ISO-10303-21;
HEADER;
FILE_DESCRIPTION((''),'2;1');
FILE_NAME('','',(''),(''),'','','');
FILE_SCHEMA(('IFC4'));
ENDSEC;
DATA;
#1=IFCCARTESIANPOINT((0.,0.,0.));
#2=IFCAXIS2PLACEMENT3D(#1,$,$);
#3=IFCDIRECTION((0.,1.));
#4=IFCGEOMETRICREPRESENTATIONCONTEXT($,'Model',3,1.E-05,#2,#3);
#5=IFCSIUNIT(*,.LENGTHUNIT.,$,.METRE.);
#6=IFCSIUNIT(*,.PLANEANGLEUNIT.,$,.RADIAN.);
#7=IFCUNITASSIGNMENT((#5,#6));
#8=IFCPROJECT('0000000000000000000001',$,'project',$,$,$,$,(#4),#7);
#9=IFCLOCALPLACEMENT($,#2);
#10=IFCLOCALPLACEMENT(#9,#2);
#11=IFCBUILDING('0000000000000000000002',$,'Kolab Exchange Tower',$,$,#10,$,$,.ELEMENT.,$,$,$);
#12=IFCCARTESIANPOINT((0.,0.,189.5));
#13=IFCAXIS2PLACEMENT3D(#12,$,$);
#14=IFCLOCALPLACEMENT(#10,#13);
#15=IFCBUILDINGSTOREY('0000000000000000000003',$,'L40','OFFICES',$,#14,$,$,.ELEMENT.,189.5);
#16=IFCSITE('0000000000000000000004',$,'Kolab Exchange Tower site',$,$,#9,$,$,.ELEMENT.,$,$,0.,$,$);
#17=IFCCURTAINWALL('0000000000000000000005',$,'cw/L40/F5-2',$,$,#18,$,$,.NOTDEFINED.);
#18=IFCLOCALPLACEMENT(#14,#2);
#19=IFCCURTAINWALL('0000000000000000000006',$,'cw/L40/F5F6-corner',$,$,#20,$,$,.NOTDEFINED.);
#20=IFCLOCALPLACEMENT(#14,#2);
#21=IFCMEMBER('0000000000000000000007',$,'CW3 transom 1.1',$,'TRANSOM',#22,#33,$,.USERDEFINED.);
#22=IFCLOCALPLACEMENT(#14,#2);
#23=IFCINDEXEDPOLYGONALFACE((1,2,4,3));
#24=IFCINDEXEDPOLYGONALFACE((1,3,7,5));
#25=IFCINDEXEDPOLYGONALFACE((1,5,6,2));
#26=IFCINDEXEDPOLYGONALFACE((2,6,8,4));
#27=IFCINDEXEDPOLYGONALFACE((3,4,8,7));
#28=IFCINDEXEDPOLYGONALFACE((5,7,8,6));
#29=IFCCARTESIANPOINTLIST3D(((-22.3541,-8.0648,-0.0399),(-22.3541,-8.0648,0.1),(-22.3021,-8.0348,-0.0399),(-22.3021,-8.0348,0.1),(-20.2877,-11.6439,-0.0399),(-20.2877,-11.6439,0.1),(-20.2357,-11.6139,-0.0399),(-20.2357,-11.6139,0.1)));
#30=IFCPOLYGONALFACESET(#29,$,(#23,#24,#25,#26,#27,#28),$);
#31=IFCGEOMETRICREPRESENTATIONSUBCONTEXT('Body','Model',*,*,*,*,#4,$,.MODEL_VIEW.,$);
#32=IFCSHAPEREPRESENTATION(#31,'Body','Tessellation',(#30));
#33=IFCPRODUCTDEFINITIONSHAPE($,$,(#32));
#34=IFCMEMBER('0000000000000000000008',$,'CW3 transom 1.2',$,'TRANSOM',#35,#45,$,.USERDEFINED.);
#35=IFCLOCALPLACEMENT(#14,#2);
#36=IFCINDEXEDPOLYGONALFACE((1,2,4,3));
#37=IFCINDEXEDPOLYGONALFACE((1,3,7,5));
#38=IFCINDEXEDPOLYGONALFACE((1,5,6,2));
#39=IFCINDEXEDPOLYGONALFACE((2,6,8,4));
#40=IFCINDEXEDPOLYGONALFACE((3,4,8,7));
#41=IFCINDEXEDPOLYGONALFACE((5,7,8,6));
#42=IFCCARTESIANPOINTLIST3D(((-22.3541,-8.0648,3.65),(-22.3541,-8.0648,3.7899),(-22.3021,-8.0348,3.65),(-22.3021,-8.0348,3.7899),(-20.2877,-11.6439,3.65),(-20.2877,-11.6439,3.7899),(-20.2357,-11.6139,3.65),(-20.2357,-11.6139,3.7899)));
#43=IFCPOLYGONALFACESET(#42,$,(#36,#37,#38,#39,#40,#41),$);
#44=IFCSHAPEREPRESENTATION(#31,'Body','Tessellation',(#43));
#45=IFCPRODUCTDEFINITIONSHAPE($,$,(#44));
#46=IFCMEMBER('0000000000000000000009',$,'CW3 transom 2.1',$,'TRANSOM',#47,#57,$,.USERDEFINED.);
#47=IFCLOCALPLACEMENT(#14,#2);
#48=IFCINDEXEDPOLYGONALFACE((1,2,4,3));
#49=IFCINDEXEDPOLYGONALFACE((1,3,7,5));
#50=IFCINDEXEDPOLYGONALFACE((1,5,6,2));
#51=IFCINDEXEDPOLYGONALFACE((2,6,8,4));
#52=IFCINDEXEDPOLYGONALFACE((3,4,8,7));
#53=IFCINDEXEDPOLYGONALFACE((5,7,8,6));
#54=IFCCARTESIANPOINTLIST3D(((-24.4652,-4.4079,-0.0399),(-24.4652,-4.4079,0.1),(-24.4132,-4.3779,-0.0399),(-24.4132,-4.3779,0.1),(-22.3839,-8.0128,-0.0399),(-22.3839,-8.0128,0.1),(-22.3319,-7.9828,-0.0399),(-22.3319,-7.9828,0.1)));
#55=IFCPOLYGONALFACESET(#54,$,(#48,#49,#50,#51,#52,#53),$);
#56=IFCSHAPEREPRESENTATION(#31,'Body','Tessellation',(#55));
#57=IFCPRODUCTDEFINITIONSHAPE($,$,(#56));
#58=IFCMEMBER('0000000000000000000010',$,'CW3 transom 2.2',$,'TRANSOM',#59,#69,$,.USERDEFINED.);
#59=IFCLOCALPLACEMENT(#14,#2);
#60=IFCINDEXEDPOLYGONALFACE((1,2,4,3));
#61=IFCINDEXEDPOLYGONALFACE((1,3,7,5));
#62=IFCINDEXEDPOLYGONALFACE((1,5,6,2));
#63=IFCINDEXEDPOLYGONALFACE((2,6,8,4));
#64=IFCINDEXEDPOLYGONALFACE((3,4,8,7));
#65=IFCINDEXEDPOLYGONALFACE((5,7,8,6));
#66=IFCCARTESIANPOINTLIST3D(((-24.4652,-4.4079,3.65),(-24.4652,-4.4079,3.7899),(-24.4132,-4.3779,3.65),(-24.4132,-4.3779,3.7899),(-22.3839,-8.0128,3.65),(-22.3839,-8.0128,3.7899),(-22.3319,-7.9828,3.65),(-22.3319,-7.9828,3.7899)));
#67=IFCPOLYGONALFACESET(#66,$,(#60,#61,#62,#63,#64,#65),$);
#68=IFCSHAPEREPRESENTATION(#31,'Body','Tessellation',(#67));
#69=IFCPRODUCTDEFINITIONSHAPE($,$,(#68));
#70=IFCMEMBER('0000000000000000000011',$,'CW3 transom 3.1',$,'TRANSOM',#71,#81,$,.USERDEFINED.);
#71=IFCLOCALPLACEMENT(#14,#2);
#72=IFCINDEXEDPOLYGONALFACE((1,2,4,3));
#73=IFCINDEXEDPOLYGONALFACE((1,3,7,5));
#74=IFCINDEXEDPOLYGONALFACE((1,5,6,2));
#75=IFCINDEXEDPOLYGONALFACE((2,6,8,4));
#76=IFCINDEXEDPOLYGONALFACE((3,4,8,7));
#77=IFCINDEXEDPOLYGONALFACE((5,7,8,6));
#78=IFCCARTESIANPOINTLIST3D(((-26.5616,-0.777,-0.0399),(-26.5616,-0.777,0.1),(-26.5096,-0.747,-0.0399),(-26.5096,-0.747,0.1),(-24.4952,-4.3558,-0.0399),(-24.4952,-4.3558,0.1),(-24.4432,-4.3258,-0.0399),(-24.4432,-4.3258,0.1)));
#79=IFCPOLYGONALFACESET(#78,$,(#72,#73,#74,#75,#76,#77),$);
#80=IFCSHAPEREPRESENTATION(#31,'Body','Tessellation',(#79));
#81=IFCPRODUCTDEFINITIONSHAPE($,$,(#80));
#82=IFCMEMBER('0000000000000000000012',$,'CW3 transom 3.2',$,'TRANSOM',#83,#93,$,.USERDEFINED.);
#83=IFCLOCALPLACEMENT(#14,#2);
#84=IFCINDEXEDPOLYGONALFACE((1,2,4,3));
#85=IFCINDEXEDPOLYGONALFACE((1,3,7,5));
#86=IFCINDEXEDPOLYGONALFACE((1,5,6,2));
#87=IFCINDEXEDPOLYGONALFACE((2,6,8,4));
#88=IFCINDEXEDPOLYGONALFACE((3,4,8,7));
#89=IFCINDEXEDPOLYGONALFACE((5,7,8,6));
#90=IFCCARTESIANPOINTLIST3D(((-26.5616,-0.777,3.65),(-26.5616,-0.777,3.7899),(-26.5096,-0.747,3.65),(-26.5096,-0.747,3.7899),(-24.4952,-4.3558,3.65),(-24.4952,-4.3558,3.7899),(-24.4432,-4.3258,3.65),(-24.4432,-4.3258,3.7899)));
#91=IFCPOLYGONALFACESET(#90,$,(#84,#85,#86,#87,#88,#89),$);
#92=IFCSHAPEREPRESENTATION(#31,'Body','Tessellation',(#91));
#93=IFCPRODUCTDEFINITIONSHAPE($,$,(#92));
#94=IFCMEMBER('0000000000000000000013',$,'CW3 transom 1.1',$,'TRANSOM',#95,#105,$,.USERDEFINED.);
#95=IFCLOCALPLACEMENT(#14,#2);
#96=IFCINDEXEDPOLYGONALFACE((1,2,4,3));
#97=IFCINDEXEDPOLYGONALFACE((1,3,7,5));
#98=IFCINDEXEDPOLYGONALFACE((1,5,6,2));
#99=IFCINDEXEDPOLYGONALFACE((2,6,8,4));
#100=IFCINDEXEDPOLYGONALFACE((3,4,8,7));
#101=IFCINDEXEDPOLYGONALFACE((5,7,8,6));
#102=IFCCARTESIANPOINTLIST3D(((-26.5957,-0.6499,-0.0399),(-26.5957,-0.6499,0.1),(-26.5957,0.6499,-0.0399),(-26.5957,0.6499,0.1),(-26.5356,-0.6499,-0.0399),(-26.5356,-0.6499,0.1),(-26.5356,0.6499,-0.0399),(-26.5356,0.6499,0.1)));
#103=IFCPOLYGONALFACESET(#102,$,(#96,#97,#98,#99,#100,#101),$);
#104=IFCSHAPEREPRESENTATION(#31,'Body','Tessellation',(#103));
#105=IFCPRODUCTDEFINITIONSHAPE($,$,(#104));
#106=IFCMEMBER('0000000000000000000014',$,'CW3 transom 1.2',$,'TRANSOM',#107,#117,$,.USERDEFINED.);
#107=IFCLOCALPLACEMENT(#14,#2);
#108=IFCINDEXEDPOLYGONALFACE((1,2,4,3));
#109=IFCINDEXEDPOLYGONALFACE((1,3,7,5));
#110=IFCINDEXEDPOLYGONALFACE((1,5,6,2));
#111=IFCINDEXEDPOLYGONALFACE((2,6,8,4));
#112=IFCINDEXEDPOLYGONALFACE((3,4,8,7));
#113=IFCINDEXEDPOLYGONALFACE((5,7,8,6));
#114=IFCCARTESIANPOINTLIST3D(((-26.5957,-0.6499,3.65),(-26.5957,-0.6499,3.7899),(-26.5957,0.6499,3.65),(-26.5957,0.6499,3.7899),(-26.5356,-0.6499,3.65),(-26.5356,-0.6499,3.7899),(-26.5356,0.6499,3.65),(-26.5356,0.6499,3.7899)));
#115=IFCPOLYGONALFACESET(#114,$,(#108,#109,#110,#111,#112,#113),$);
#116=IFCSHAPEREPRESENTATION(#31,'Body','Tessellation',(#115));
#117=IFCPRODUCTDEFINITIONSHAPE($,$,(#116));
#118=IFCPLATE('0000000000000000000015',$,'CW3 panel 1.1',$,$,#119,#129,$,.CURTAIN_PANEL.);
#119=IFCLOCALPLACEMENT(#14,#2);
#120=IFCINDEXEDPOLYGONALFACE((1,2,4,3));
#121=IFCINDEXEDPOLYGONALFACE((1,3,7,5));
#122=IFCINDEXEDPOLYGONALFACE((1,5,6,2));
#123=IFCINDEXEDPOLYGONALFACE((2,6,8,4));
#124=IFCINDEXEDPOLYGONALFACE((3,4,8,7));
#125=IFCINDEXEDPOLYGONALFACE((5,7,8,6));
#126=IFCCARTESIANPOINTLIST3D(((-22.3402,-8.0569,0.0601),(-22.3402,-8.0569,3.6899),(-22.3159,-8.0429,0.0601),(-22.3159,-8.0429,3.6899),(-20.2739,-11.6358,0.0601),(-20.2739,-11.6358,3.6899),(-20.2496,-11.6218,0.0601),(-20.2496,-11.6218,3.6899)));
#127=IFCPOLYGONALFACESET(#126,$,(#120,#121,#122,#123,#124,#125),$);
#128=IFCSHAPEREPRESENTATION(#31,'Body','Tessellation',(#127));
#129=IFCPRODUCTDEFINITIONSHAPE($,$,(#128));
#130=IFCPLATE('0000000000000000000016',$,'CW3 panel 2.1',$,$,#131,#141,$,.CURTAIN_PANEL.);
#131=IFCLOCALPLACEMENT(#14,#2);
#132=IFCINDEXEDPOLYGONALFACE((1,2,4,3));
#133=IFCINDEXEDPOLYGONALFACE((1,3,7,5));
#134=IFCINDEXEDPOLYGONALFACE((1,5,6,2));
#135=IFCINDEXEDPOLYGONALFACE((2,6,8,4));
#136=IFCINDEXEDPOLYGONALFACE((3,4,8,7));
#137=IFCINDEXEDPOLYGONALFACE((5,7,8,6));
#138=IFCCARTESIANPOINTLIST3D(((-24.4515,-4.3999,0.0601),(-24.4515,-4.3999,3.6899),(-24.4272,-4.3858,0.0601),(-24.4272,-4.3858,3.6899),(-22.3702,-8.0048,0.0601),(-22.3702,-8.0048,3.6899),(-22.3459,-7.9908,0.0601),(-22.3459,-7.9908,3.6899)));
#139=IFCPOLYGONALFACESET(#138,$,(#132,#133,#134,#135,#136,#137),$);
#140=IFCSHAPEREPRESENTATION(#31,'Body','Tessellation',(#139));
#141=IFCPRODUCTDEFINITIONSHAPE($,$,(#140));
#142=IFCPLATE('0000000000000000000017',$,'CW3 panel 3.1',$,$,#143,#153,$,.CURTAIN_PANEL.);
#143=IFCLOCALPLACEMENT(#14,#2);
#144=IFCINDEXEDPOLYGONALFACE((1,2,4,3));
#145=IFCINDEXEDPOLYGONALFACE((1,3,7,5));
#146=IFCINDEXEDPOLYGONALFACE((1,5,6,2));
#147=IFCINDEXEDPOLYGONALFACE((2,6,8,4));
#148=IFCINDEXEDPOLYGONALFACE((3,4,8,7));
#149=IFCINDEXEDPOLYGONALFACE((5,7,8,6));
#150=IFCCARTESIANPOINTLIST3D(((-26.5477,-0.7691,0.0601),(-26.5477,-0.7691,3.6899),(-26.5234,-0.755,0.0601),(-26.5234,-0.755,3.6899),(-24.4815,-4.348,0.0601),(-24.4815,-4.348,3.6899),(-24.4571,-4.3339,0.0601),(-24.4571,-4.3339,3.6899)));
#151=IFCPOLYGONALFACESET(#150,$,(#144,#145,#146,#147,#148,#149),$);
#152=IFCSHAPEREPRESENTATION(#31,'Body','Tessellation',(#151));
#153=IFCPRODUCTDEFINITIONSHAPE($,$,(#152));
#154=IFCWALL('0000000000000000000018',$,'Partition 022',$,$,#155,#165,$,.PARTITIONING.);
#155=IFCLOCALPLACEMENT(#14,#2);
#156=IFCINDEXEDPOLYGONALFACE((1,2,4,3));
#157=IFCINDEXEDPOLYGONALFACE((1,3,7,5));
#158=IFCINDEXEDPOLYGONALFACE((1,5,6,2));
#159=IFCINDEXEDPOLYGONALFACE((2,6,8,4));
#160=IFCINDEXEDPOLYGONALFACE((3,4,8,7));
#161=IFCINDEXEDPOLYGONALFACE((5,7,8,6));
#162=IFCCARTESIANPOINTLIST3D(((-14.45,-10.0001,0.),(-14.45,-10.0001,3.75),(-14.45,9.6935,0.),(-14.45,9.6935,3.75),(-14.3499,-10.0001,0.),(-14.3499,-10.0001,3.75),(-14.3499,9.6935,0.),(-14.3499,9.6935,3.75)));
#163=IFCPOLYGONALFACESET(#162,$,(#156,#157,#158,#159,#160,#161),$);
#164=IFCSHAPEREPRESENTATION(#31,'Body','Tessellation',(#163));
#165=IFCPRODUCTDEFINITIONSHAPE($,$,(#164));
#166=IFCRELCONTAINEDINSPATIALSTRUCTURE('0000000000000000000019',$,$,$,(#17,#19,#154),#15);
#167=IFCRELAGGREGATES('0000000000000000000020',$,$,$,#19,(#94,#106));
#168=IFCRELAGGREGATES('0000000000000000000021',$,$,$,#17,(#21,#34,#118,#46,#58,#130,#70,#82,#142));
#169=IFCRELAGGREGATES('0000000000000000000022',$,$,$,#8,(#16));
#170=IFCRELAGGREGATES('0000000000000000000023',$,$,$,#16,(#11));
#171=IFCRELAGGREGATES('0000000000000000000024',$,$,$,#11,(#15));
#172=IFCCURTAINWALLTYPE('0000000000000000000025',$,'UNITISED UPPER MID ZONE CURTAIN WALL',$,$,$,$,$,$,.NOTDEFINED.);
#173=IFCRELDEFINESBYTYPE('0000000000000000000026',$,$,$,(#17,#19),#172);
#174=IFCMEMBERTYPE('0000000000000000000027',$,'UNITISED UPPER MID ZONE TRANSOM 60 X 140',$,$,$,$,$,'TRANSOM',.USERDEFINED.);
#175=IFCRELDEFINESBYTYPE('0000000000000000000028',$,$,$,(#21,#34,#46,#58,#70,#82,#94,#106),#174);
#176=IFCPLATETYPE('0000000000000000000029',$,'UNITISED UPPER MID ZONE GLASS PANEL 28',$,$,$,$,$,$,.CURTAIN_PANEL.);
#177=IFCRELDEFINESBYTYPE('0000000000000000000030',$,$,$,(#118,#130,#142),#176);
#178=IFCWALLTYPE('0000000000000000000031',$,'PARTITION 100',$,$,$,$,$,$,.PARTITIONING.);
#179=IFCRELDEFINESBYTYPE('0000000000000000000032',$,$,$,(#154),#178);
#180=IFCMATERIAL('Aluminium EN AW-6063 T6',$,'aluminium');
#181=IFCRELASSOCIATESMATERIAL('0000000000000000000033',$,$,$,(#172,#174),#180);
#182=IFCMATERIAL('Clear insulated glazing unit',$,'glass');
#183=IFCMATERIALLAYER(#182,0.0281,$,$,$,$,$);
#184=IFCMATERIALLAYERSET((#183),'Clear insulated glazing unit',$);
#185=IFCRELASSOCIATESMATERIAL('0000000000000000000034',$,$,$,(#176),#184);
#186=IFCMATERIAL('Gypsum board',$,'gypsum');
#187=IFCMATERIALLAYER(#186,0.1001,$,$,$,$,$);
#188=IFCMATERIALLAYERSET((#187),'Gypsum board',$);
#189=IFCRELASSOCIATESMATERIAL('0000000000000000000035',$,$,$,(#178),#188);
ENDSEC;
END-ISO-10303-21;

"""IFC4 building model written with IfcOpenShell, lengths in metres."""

from ifc_helpers import new_model, si_unit, direction, frame, frame_2d, origin, origin_2d, place, context, subcontext, project, spatial, rectangle, extrude, material, layer, layer_set, material_profile, profile_set, type_object, element, aggregate, save


model = new_model("IFC4")

# Units and contexts
model_context = context("Model", 3, precision=1e-05, world=origin(), true_north=direction((0.0, 1.0)))
body_context = subcontext(model_context, "Body", "Model", "MODEL_VIEW")
ifc_project = project(units=[si_unit("LENGTHUNIT", "METRE"), si_unit("PLANEANGLEUNIT", "RADIAN")], contexts=[model_context])

# Site, building, storey
site_placement = place(None, origin())
site = spatial("IfcSite", under=ifc_project, at=site_placement, Name="Kolab Exchange Tower site", CompositionType="ELEMENT", RefElevation=0.0)
building_placement = place(site_placement, origin())
building = spatial("IfcBuilding", under=site, at=building_placement, Name="Kolab Exchange Tower", CompositionType="ELEMENT")
storey_placement = place(building_placement, frame((0.0, 0.0, 189.5)))
storey = spatial("IfcBuildingStorey", under=building, at=storey_placement, Name="L40", Description="OFFICES", CompositionType="ELEMENT", Elevation=189.5)

# Curtain wall
ifc_material_1 = material(Name="Aluminium EN AW-6063 T6", Category="aluminium")
curtain_wall_type = type_object("IfcCurtainWallType", Name="UNITISED UPPER MID ZONE CURTAIN WALL", PredefinedType="NOTDEFINED", material=ifc_material_1)
curtain_wall_1_placement = place(storey_placement, origin())
curtain_wall_1 = element("IfcCurtainWall", 1, at=curtain_wall_1_placement, inside=storey, type_object=curtain_wall_type, Name="cw/L40/F5-2", PredefinedType="NOTDEFINED")

# Curtain wall
curtain_wall_2_placement = place(storey_placement, origin())
curtain_wall_2 = element("IfcCurtainWall", 2, at=curtain_wall_2_placement, inside=storey, type_object=curtain_wall_type, Name="cw/L40/F5F6-corner", PredefinedType="NOTDEFINED")

# Members
ifc_material_profile_1 = material_profile(ifc_material_1, rectangle(XDim=0.0601, YDim=0.1399, at=origin_2d()), Name="RECT 60X140")
ifc_profile_set_1 = profile_set([ifc_material_profile_1], Name="Aluminium EN AW-6063 T6")
member_type_1 = type_object("IfcMemberType", Name="UNITISED UPPER MID ZONE TRANSOM 60 X 140", ElementType="TRANSOM", PredefinedType="USERDEFINED", material=ifc_profile_set_1)
member_1_placement = place(storey_placement, frame((-20.2617, -11.6289, 0.03), z_axis=(-0.500002, 0.866024, 0.0), x_axis=(-0.866024, -0.500002, 0.0)))
member_1 = element("IfcMember", 3, at=member_1_placement, type_object=member_type_1, Name="CW3 transom 1.1", ObjectType="TRANSOM", PredefinedType="USERDEFINED", context=body_context, shape_type="SweptSolid", body=[
    extrude(rectangle(XDim=0.0601, YDim=0.1399, at=origin_2d()), origin(), (0.0, 0.0, 1.0), 4.1328),
])
member_2_placement = place(storey_placement, frame((-20.2617, -11.6289, 3.72), z_axis=(-0.500002, 0.866024, 0.0), x_axis=(-0.866024, -0.500002, 0.0)))
member_2 = element("IfcMember", 4, at=member_2_placement, type_object=member_type_1, Name="CW3 transom 1.2", ObjectType="TRANSOM", PredefinedType="USERDEFINED", context=body_context, shape_type="SweptSolid", body=[
    extrude(rectangle(XDim=0.0601, YDim=0.1399, at=origin_2d()), origin(), (0.0, 0.0, 1.0), 4.1328),
])
member_3_placement = place(storey_placement, frame((-22.3579, -7.9978, 0.03), z_axis=(-0.499993, 0.866029, 0.0), x_axis=(-0.866029, -0.499993, 0.0)))
member_3 = element("IfcMember", 5, at=member_3_placement, type_object=member_type_1, Name="CW3 transom 2.1", ObjectType="TRANSOM", PredefinedType="USERDEFINED", context=body_context, shape_type="SweptSolid", body=[
    extrude(rectangle(XDim=0.0601, YDim=0.1399, at=origin_2d()), origin(), (0.0, 0.0, 1.0), 4.1626),
])
member_4_placement = place(storey_placement, frame((-22.3579, -7.9978, 3.72), z_axis=(-0.499993, 0.866029, 0.0), x_axis=(-0.866029, -0.499993, 0.0)))
member_4 = element("IfcMember", 6, at=member_4_placement, type_object=member_type_1, Name="CW3 transom 2.2", ObjectType="TRANSOM", PredefinedType="USERDEFINED", context=body_context, shape_type="SweptSolid", body=[
    extrude(rectangle(XDim=0.0601, YDim=0.1399, at=origin_2d()), origin(), (0.0, 0.0, 1.0), 4.1626),
])
member_5_placement = place(storey_placement, frame((-24.4692, -4.3408, 0.03), z_axis=(-0.500028, 0.866009, 0.0), x_axis=(-0.866009, -0.500028, 0.0)))
member_5 = element("IfcMember", 7, at=member_5_placement, type_object=member_type_1, Name="CW3 transom 3.1", ObjectType="TRANSOM", PredefinedType="USERDEFINED", context=body_context, shape_type="SweptSolid", body=[
    extrude(rectangle(XDim=0.0601, YDim=0.1399, at=origin_2d()), origin(), (0.0, 0.0, 1.0), 4.1326),
])
member_6_placement = place(storey_placement, frame((-24.4692, -4.3408, 3.72), z_axis=(-0.500028, 0.866009, 0.0), x_axis=(-0.866009, -0.500028, 0.0)))
member_6 = element("IfcMember", 8, at=member_6_placement, type_object=member_type_1, Name="CW3 transom 3.2", ObjectType="TRANSOM", PredefinedType="USERDEFINED", context=body_context, shape_type="SweptSolid", body=[
    extrude(rectangle(XDim=0.0601, YDim=0.1399, at=origin_2d()), origin(), (0.0, 0.0, 1.0), 4.1326),
])
member_7_placement = place(storey_placement, frame((-26.5657, -0.6499, 0.03), z_axis=(0.0, 1.0, 0.0), x_axis=(-1.0, 0.0, 0.0)))
member_7 = element("IfcMember", 9, at=member_7_placement, type_object=member_type_1, Name="CW3 transom 1.1", ObjectType="TRANSOM", PredefinedType="USERDEFINED", context=body_context, shape_type="SweptSolid", body=[
    extrude(rectangle(XDim=0.0601, YDim=0.1399, at=origin_2d()), origin(), (0.0, 0.0, 1.0), 1.2998),
])
member_8_placement = place(storey_placement, frame((-26.5657, -0.6499, 3.72), z_axis=(0.0, 1.0, 0.0), x_axis=(-1.0, 0.0, 0.0)))
member_8 = element("IfcMember", 10, at=member_8_placement, type_object=member_type_1, Name="CW3 transom 1.2", ObjectType="TRANSOM", PredefinedType="USERDEFINED", context=body_context, shape_type="SweptSolid", body=[
    extrude(rectangle(XDim=0.0601, YDim=0.1399, at=origin_2d()), origin(), (0.0, 0.0, 1.0), 1.2998),
])
aggregate(curtain_wall_2, [member_7, member_8])

# Plates
ifc_material_2 = material(Name="Clear insulated glazing unit", Category="glass")
ifc_layer_1 = layer(ifc_material_2, 0.0281)
ifc_layer_set_1 = layer_set([ifc_layer_1], Name="Clear insulated glazing unit")
plate_type = type_object("IfcPlateType", Name="UNITISED UPPER MID ZONE GLASS PANEL 28", PredefinedType="CURTAIN_PANEL", material=ifc_layer_set_1)
plate_1_placement = place(storey_placement, frame((-21.2949, -9.8394, 0.0601), z_axis=(0.0, 0.0, 1.0), x_axis=(-0.5, 0.866025, 0.0)))
plate_1 = element("IfcPlate", 11, at=plate_1_placement, type_object=plate_type, Name="CW3 panel 1.1", PredefinedType="CURTAIN_PANEL", context=body_context, shape_type="SweptSolid", body=[
    extrude(rectangle(XDim=4.1326, YDim=0.0281, at=origin_2d()), origin(), (0.0, 0.0, 1.0), 3.6299),
])
plate_2_placement = place(storey_placement, frame((-23.3987, -6.1953, 0.0601), z_axis=(0.0, 0.0, 1.0), x_axis=(-0.5, 0.866025, 0.0)))
plate_2 = element("IfcPlate", 12, at=plate_2_placement, type_object=plate_type, Name="CW3 panel 2.1", PredefinedType="CURTAIN_PANEL", context=body_context, shape_type="SweptSolid", body=[
    extrude(rectangle(XDim=4.1626, YDim=0.0281, at=origin_2d()), origin(), (0.0, 0.0, 1.0), 3.6299),
])
plate_3_placement = place(storey_placement, frame((-25.5024, -2.5515, 0.0601), z_axis=(0.0, 0.0, 1.0), x_axis=(-0.5, 0.866025, 0.0)))
plate_3 = element("IfcPlate", 13, at=plate_3_placement, type_object=plate_type, Name="CW3 panel 3.1", PredefinedType="CURTAIN_PANEL", context=body_context, shape_type="SweptSolid", body=[
    extrude(rectangle(XDim=4.1326, YDim=0.0281, at=origin_2d()), origin(), (0.0, 0.0, 1.0), 3.6299),
])
aggregate(curtain_wall_1, [member_1, member_2, plate_1, member_3, member_4, plate_2, member_5, member_6, plate_3])

# Wall
ifc_material_3 = material(Name="Gypsum board", Category="gypsum")
ifc_layer_2 = layer(ifc_material_3, 0.1001)
ifc_layer_set_2 = layer_set([ifc_layer_2], Name="Gypsum board")
wall_type_1 = type_object("IfcWallType", Name="PARTITION 100", PredefinedType="PARTITIONING", material=ifc_layer_set_2)
wall_1_placement = place(storey_placement, frame((-14.3999, -10.0, 0.0), z_axis=(0.0, 0.0, 1.0), x_axis=(0.0, 1.0, 0.0)))
element("IfcWall", 14, at=wall_1_placement, inside=storey, type_object=wall_type_1, Name="Partition 022", PredefinedType="PARTITIONING", context=body_context, shape_type="SweptSolid", body=[
    extrude(rectangle(XDim=19.6936, YDim=0.1001, at=frame_2d((9.8467, 0.0))), origin(), (0.0, 0.0, 1.0), 3.75),
])

save(model, "model.ifc")
